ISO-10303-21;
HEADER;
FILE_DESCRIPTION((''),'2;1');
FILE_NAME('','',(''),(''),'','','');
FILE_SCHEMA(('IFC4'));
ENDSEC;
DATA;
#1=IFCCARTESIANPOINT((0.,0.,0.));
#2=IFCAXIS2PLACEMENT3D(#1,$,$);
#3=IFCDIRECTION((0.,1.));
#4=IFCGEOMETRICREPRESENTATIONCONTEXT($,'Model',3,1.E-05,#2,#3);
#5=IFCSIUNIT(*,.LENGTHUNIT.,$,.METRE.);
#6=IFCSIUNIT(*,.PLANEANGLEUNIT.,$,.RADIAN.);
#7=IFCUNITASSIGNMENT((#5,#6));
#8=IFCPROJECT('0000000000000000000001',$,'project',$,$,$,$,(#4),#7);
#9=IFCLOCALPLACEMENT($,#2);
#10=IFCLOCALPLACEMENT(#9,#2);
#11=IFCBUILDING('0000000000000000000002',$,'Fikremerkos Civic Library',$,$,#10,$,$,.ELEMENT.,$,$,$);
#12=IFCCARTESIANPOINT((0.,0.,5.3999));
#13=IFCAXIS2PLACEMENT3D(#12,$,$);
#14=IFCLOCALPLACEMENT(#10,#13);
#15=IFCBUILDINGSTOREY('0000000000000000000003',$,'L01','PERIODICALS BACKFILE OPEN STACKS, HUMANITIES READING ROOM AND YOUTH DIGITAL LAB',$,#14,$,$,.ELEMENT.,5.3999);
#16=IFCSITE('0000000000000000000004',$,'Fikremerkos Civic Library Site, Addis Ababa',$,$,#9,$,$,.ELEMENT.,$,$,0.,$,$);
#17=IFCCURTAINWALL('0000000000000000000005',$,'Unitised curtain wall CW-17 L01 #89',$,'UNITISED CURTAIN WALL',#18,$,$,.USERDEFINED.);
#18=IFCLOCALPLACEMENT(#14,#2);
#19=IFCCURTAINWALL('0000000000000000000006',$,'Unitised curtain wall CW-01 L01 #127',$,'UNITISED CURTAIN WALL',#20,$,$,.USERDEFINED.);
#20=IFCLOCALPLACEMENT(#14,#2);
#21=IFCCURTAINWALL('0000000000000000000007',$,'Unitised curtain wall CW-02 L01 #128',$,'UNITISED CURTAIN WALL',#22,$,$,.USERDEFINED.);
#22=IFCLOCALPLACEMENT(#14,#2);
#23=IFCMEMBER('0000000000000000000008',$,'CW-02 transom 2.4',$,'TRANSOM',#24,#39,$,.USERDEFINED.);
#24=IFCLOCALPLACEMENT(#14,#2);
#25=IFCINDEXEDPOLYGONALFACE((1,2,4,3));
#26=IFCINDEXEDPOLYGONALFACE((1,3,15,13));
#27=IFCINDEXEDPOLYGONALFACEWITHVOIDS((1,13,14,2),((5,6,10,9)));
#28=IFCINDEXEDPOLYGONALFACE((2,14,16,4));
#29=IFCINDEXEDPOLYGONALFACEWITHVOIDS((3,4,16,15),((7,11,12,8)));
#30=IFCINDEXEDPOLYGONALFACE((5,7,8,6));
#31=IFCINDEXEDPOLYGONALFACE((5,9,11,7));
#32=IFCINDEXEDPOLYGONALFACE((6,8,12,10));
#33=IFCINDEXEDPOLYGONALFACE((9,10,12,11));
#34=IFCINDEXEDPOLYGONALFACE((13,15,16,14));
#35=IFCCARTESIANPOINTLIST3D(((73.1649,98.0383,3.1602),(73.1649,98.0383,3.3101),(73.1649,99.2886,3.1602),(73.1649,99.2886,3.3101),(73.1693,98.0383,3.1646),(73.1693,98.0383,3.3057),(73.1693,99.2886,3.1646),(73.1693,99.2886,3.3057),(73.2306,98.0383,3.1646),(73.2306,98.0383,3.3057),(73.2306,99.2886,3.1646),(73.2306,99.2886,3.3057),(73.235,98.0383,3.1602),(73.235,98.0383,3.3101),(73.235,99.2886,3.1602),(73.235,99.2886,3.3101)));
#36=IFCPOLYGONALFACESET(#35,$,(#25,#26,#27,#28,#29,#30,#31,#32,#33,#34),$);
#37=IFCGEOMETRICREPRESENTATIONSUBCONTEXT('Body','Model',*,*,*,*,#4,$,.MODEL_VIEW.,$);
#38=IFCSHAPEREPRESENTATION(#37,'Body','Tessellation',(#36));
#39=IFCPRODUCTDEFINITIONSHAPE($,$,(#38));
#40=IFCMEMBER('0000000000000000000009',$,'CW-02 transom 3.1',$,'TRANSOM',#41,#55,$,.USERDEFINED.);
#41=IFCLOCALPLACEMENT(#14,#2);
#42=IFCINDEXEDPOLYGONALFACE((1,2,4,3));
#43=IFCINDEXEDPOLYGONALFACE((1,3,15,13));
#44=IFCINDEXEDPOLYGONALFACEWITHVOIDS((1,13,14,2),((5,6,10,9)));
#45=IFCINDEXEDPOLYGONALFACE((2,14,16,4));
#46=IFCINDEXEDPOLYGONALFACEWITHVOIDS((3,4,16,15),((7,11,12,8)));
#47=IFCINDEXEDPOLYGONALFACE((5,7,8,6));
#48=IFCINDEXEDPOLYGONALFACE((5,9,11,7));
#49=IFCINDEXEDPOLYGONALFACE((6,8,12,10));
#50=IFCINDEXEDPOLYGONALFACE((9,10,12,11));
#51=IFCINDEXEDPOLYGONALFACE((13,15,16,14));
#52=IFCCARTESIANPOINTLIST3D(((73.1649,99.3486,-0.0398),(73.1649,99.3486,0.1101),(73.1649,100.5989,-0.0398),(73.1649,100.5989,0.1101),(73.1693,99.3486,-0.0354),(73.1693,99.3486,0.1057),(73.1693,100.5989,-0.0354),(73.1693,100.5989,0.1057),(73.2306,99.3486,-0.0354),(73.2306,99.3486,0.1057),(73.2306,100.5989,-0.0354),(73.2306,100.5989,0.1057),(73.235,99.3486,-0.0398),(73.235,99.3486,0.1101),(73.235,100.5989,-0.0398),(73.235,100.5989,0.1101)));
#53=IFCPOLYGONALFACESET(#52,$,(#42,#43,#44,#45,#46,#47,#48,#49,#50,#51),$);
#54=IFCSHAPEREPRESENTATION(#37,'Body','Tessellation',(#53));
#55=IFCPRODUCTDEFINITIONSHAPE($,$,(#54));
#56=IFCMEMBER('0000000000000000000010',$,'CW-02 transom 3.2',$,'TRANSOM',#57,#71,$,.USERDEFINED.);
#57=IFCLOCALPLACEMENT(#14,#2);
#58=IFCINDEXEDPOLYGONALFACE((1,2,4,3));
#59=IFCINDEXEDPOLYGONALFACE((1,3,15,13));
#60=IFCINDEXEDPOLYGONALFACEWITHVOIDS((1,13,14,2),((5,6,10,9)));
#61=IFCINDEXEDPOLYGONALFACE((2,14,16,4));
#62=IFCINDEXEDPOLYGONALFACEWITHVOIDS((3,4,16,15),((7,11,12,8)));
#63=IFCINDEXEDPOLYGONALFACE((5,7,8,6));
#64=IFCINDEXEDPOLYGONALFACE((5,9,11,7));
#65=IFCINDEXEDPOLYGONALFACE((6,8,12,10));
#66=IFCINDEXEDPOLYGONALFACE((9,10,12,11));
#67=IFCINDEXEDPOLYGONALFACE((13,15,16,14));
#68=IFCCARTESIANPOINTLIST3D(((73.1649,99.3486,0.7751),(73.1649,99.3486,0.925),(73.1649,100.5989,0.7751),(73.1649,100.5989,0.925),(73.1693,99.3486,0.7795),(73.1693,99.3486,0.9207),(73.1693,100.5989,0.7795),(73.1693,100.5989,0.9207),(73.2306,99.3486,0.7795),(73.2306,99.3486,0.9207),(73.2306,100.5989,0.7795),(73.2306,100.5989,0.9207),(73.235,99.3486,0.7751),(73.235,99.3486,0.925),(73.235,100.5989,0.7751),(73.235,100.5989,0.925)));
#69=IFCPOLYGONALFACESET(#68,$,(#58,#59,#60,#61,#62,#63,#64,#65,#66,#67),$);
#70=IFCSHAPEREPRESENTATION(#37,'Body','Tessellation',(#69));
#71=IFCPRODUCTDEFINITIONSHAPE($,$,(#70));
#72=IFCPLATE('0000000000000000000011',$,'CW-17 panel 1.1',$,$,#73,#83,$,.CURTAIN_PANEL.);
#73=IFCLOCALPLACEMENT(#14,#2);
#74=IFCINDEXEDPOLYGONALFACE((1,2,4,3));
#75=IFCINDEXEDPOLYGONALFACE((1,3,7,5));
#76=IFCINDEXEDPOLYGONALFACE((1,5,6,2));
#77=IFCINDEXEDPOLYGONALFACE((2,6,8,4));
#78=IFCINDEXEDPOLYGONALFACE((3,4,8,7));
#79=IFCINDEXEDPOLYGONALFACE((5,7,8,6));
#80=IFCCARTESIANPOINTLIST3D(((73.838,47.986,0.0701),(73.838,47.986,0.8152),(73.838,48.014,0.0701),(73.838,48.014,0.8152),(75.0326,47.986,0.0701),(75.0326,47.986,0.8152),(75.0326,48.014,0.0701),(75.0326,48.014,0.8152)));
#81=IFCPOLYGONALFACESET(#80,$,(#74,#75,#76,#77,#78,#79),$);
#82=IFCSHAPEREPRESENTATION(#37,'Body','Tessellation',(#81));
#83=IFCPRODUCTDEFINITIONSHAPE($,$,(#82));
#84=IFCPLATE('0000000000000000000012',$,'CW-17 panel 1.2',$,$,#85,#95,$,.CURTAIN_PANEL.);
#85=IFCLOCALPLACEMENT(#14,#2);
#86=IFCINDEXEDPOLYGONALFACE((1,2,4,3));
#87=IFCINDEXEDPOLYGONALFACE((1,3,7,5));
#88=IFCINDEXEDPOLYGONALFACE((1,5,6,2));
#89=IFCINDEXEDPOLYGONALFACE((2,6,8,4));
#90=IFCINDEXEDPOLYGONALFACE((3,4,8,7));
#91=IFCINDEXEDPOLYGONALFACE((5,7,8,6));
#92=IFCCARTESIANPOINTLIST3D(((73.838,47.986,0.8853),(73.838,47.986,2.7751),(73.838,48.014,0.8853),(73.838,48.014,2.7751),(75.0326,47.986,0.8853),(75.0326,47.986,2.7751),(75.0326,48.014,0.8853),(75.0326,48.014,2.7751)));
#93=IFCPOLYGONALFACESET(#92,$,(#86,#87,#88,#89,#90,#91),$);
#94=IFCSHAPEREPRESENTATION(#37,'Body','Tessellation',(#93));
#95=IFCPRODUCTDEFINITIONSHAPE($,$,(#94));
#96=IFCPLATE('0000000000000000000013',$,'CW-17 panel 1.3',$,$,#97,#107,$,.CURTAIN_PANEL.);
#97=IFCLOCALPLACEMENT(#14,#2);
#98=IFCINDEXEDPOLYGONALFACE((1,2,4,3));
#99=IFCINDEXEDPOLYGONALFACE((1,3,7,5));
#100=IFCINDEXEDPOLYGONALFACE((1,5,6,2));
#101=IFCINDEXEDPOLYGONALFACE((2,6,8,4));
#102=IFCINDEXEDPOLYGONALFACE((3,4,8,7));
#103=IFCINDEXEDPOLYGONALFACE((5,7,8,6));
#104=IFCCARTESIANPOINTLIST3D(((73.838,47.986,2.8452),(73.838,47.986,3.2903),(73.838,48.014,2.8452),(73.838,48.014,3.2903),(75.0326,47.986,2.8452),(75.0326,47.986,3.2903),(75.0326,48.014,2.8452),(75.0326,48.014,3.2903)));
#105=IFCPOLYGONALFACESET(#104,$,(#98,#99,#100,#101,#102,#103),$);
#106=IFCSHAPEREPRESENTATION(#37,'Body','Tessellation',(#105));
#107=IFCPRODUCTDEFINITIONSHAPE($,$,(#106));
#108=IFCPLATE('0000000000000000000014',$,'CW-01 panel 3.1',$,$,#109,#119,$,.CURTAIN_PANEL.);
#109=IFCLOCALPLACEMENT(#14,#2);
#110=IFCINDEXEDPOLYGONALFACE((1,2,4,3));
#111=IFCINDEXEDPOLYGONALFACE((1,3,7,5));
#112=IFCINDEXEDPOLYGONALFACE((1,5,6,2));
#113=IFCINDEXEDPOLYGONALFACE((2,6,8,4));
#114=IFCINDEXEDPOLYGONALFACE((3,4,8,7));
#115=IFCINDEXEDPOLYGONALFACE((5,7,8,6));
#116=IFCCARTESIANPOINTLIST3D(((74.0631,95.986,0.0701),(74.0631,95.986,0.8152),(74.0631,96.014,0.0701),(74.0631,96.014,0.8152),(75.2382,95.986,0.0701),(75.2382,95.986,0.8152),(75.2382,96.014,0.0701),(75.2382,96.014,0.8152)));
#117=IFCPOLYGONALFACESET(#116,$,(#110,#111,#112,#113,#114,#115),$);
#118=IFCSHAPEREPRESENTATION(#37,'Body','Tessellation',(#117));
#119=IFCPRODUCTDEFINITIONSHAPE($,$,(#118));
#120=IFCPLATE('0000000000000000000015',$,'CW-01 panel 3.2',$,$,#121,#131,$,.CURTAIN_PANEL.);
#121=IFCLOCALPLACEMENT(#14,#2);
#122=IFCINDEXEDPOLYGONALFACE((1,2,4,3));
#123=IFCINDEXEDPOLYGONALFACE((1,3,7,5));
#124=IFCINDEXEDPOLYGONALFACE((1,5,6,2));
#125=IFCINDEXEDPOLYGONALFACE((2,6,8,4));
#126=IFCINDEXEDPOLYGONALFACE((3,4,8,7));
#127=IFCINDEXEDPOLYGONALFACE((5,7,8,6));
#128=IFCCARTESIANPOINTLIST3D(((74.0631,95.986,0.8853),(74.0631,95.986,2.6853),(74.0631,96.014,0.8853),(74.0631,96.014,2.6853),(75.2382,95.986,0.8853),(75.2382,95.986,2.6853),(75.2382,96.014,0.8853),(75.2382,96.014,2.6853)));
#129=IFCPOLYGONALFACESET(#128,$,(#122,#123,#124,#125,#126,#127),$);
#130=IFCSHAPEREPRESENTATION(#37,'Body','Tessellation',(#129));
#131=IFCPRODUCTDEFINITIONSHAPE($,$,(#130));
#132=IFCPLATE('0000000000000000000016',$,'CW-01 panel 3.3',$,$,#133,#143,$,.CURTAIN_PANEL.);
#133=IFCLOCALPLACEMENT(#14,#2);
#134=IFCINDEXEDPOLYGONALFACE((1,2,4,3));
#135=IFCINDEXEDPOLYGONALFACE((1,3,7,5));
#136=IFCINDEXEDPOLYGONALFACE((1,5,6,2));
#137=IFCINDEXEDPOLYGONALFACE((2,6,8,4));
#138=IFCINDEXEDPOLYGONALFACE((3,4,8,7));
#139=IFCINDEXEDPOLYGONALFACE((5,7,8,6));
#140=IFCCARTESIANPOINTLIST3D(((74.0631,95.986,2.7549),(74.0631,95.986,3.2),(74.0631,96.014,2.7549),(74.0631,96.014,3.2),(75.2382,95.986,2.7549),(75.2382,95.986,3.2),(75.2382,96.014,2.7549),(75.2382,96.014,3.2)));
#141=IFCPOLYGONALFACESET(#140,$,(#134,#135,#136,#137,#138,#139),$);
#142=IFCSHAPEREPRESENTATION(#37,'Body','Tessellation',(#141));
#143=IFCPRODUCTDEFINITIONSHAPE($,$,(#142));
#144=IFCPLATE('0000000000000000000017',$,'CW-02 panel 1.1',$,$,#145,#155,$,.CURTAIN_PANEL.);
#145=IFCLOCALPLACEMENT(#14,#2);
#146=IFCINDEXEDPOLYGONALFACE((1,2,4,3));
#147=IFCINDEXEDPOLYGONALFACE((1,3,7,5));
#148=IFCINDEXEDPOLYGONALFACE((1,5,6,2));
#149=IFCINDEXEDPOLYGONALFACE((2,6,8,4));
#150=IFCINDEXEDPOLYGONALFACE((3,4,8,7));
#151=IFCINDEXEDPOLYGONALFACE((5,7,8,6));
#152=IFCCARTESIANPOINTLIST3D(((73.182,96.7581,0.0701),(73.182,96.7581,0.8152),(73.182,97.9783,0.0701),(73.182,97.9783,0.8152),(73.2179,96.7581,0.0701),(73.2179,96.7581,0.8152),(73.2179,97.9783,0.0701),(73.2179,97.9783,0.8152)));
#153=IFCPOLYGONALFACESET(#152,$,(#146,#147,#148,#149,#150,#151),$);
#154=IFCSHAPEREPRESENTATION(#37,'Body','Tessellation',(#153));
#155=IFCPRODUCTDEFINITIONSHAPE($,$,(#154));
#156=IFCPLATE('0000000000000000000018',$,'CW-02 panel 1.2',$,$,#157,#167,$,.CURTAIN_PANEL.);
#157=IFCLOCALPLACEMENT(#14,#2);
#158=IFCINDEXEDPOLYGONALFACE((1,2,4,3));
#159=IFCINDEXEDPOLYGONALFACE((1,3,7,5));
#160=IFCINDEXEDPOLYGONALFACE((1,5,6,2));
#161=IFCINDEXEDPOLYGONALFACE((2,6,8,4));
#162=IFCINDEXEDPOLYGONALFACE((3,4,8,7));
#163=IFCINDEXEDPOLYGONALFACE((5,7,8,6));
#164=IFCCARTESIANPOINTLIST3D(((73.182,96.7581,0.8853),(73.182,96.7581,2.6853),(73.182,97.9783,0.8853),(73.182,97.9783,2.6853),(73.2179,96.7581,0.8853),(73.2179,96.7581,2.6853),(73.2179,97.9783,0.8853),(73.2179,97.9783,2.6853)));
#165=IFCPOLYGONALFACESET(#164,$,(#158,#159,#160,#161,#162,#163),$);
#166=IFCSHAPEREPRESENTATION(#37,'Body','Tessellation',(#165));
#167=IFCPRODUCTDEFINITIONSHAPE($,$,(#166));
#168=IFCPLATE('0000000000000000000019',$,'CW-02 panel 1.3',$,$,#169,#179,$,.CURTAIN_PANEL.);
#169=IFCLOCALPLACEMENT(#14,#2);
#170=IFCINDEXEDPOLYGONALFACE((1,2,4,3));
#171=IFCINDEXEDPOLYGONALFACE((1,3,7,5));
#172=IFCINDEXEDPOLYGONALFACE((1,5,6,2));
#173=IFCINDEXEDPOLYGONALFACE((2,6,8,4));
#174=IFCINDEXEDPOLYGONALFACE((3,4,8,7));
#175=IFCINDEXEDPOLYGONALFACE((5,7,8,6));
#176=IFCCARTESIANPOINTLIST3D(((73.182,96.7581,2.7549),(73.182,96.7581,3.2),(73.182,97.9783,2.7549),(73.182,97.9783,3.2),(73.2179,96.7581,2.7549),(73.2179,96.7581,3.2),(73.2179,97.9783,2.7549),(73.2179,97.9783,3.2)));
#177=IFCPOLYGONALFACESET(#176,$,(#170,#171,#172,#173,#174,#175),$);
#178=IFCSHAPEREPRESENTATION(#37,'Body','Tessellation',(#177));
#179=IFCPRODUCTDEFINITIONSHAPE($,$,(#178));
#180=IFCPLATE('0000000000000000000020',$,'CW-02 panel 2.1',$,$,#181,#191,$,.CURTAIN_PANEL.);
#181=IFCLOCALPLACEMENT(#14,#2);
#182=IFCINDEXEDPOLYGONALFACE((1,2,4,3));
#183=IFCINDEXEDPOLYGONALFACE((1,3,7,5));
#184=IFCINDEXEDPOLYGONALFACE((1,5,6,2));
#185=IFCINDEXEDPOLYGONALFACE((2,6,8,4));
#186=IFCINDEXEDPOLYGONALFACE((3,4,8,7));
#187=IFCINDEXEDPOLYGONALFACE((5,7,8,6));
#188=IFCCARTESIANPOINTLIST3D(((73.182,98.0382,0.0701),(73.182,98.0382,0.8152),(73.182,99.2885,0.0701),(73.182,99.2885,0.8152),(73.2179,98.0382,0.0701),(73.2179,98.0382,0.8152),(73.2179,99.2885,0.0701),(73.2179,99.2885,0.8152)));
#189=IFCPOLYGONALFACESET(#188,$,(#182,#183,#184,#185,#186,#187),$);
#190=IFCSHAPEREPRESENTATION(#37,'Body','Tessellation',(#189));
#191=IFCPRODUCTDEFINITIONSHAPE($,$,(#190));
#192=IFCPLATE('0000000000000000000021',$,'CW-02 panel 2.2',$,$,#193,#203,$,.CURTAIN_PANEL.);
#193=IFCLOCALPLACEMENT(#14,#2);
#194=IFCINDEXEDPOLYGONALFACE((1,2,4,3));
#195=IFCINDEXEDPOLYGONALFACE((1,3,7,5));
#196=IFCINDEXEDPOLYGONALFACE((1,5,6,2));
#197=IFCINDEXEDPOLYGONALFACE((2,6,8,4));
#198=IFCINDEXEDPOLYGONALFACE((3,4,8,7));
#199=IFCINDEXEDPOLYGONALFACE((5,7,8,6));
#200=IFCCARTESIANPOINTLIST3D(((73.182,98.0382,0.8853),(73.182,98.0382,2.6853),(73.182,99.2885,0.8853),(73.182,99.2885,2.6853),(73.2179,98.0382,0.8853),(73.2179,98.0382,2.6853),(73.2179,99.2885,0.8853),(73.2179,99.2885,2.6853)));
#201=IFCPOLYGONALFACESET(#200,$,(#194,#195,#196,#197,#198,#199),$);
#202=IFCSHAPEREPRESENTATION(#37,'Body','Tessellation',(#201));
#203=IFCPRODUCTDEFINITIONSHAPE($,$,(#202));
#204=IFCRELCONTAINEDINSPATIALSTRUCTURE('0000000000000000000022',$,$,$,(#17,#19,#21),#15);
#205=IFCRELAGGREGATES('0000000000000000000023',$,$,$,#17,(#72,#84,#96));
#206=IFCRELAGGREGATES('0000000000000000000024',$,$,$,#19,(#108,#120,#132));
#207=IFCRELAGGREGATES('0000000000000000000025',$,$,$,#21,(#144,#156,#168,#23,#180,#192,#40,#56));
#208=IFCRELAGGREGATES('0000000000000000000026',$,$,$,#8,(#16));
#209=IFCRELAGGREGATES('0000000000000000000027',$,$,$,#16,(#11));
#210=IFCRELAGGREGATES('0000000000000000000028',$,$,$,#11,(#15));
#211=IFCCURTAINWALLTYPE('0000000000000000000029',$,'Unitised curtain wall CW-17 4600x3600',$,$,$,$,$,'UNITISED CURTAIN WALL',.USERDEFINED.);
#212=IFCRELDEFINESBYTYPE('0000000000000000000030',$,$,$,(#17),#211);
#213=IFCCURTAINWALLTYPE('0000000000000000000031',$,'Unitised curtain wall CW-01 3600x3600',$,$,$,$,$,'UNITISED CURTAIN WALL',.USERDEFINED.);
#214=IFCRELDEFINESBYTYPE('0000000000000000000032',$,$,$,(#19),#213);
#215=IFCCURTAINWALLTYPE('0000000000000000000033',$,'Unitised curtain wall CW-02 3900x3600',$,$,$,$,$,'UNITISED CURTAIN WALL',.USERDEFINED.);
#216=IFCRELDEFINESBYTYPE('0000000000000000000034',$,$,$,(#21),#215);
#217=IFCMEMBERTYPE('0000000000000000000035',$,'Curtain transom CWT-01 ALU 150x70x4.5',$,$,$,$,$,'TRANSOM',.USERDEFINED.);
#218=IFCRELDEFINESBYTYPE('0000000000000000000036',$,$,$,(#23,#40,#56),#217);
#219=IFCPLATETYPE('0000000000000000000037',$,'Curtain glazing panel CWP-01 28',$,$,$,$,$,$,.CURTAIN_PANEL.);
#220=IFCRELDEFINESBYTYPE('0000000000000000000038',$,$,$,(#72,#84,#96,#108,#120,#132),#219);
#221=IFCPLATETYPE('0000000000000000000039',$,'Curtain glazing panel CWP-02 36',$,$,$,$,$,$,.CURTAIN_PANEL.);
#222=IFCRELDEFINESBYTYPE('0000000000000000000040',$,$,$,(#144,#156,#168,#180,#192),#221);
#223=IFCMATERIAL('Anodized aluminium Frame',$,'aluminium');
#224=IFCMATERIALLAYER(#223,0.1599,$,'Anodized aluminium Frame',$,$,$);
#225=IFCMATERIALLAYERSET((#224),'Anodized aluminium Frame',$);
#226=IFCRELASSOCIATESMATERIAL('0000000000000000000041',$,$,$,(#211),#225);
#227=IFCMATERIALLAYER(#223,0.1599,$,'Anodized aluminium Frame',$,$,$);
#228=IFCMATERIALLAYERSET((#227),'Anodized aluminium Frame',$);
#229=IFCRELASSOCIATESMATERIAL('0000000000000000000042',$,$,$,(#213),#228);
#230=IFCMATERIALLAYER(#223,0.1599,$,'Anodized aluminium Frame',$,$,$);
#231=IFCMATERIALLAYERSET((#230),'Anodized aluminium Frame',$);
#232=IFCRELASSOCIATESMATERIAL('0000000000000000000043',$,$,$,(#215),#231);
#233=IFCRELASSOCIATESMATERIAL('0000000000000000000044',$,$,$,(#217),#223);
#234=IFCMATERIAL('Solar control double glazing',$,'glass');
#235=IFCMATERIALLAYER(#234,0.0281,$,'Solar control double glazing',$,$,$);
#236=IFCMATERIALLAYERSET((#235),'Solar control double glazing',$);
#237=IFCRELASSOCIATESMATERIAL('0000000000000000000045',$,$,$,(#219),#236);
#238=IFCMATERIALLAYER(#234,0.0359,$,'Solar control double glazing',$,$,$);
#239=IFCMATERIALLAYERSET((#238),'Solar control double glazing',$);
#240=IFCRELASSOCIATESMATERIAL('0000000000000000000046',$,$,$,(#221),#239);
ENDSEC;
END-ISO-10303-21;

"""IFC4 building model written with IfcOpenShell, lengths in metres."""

from ifc_helpers import new_model, si_unit, direction, frame, origin, origin_2d, place, context, subcontext, project, spatial, rectangle, hollow_rectangle, extrude, material, layer, layer_set, material_profile, profile_set, type_object, element, aggregate, save


model = new_model("IFC4")

# Units and contexts
model_context = context("Model", 3, precision=1e-05, world=origin(), true_north=direction((0.0, 1.0)))
body_context = subcontext(model_context, "Body", "Model", "MODEL_VIEW")
ifc_project = project(units=[si_unit("LENGTHUNIT", "METRE"), si_unit("PLANEANGLEUNIT", "RADIAN")], contexts=[model_context])

# Site, building, storey
site_placement = place(None, origin())
site = spatial("IfcSite", under=ifc_project, at=site_placement, Name="Fikremerkos Civic Library Site, Addis Ababa", CompositionType="ELEMENT", RefElevation=0.0)
building_placement = place(site_placement, origin())
building = spatial("IfcBuilding", under=site, at=building_placement, Name="Fikremerkos Civic Library", CompositionType="ELEMENT")
storey_placement = place(building_placement, frame((0.0, 0.0, 5.3999)))
storey = spatial("IfcBuildingStorey", under=building, at=storey_placement, Name="L01", Description="PERIODICALS BACKFILE OPEN STACKS, HUMANITIES READING ROOM AND YOUTH DIGITAL LAB", CompositionType="ELEMENT", Elevation=5.3999)

# Curtain wall
ifc_material_1 = material(Name="Anodized aluminium Frame", Category="aluminium")
ifc_layer_1 = layer(ifc_material_1, 0.1599, Name="Anodized aluminium Frame")
ifc_layer_set_1 = layer_set([ifc_layer_1], Name="Anodized aluminium Frame")
curtain_wall_type_1 = type_object("IfcCurtainWallType", Name="Unitised curtain wall CW-17 4600x3600", ElementType="UNITISED CURTAIN WALL", PredefinedType="USERDEFINED", material=ifc_layer_set_1)
curtain_wall_1_placement = place(storey_placement, origin())
curtain_wall_1 = element("IfcCurtainWall", 1, at=curtain_wall_1_placement, inside=storey, type_object=curtain_wall_type_1, Name="Unitised curtain wall CW-17 L01 #89", ObjectType="UNITISED CURTAIN WALL", PredefinedType="USERDEFINED")

# Curtain wall
ifc_layer_2 = layer(ifc_material_1, 0.1599, Name="Anodized aluminium Frame")
ifc_layer_set_2 = layer_set([ifc_layer_2], Name="Anodized aluminium Frame")
curtain_wall_type_2 = type_object("IfcCurtainWallType", Name="Unitised curtain wall CW-01 3600x3600", ElementType="UNITISED CURTAIN WALL", PredefinedType="USERDEFINED", material=ifc_layer_set_2)
curtain_wall_2_placement = place(storey_placement, origin())
curtain_wall_2 = element("IfcCurtainWall", 2, at=curtain_wall_2_placement, inside=storey, type_object=curtain_wall_type_2, Name="Unitised curtain wall CW-01 L01 #127", ObjectType="UNITISED CURTAIN WALL", PredefinedType="USERDEFINED")

# Curtain wall
ifc_layer_3 = layer(ifc_material_1, 0.1599, Name="Anodized aluminium Frame")
ifc_layer_set_3 = layer_set([ifc_layer_3], Name="Anodized aluminium Frame")
curtain_wall_type_3 = type_object("IfcCurtainWallType", Name="Unitised curtain wall CW-02 3900x3600", ElementType="UNITISED CURTAIN WALL", PredefinedType="USERDEFINED", material=ifc_layer_set_3)
curtain_wall_3_placement = place(storey_placement, origin())
curtain_wall_3 = element("IfcCurtainWall", 3, at=curtain_wall_3_placement, inside=storey, type_object=curtain_wall_type_3, Name="Unitised curtain wall CW-02 L01 #128", ObjectType="UNITISED CURTAIN WALL", PredefinedType="USERDEFINED")

# Members
ifc_material_profile_1 = material_profile(ifc_material_1, hollow_rectangle(XDim=0.0701, YDim=0.1499, WallThickness=0.0044, at=origin_2d()), Name="ALU 150x70x4.5")
ifc_profile_set_1 = profile_set([ifc_material_profile_1], Name="Anodized aluminium Frame")
member_type_1 = type_object("IfcMemberType", Name="Curtain transom CWT-01 ALU 150x70x4.5", ElementType="TRANSOM", PredefinedType="USERDEFINED", material=ifc_profile_set_1)
member_1_placement = place(storey_placement, frame((73.2, 98.0383, 3.2351), z_axis=(0.0, 1.0, 0.0), x_axis=(-1.0, 0.0, 0.0)))
member_1 = element("IfcMember", 4, at=member_1_placement, type_object=member_type_1, Name="CW-02 transom 2.4", ObjectType="TRANSOM", PredefinedType="USERDEFINED", context=body_context, shape_type="SweptSolid", body=[
    extrude(hollow_rectangle(XDim=0.0701, YDim=0.1499, WallThickness=0.0044, at=origin_2d()), origin(), (0.0, 0.0, 1.0), 1.2502),
])
member_2_placement = place(storey_placement, frame((73.2, 99.3486, 0.0352), z_axis=(0.0, 1.0, 0.0), x_axis=(-1.0, 0.0, 0.0)))
member_2 = element("IfcMember", 5, at=member_2_placement, type_object=member_type_1, Name="CW-02 transom 3.1", ObjectType="TRANSOM", PredefinedType="USERDEFINED", context=body_context, shape_type="SweptSolid", body=[
    extrude(hollow_rectangle(XDim=0.0701, YDim=0.1499, WallThickness=0.0044, at=origin_2d()), origin(), (0.0, 0.0, 1.0), 1.2502),
])
member_3_placement = place(storey_placement, frame((73.2, 99.3486, 0.8501), z_axis=(0.0, 1.0, 0.0), x_axis=(-1.0, 0.0, 0.0)))
member_3 = element("IfcMember", 6, at=member_3_placement, type_object=member_type_1, Name="CW-02 transom 3.2", ObjectType="TRANSOM", PredefinedType="USERDEFINED", context=body_context, shape_type="SweptSolid", body=[
    extrude(hollow_rectangle(XDim=0.0701, YDim=0.1499, WallThickness=0.0044, at=origin_2d()), origin(), (0.0, 0.0, 1.0), 1.2502),
])

# Plates
ifc_material_2 = material(Name="Solar control double glazing", Category="glass")
ifc_layer_4 = layer(ifc_material_2, 0.0281, Name="Solar control double glazing")
ifc_layer_set_4 = layer_set([ifc_layer_4], Name="Solar control double glazing")
plate_type_1 = type_object("IfcPlateType", Name="Curtain glazing panel CWP-01 28", PredefinedType="CURTAIN_PANEL", material=ifc_layer_set_4)
plate_1_placement = place(storey_placement, frame((74.4353, 48.0, 0.0701), z_axis=(0.0, 0.0, 1.0), x_axis=(1.0, 0.0, 0.0)))
plate_1 = element("IfcPlate", 7, at=plate_1_placement, type_object=plate_type_1, Name="CW-17 panel 1.1", PredefinedType="CURTAIN_PANEL", context=body_context, shape_type="SweptSolid", body=[
    extrude(rectangle(XDim=1.1946, YDim=0.0281, at=origin_2d()), origin(), (0.0, 0.0, 1.0), 0.7451),
])
plate_2_placement = place(storey_placement, frame((74.4353, 48.0, 0.8853), z_axis=(0.0, 0.0, 1.0), x_axis=(1.0, 0.0, 0.0)))
plate_2 = element("IfcPlate", 8, at=plate_2_placement, type_object=plate_type_1, Name="CW-17 panel 1.2", PredefinedType="CURTAIN_PANEL", context=body_context, shape_type="SweptSolid", body=[
    extrude(rectangle(XDim=1.1946, YDim=0.0281, at=origin_2d()), origin(), (0.0, 0.0, 1.0), 1.8899),
])
plate_3_placement = place(storey_placement, frame((74.4353, 48.0, 2.8452), z_axis=(0.0, 0.0, 1.0), x_axis=(1.0, 0.0, 0.0)))
plate_3 = element("IfcPlate", 9, at=plate_3_placement, type_object=plate_type_1, Name="CW-17 panel 1.3", PredefinedType="CURTAIN_PANEL", context=body_context, shape_type="SweptSolid", body=[
    extrude(rectangle(XDim=1.1946, YDim=0.0281, at=origin_2d()), origin(), (0.0, 0.0, 1.0), 0.4451),
])
aggregate(curtain_wall_1, [plate_1, plate_2, plate_3])
plate_4_placement = place(storey_placement, frame((74.6506, 96.0, 0.0701), z_axis=(0.0, 0.0, 1.0), x_axis=(-1.0, 0.0, 0.0)))
plate_4 = element("IfcPlate", 10, at=plate_4_placement, type_object=plate_type_1, Name="CW-01 panel 3.1", PredefinedType="CURTAIN_PANEL", context=body_context, shape_type="SweptSolid", body=[
    extrude(rectangle(XDim=1.175, YDim=0.0281, at=origin_2d()), origin(), (0.0, 0.0, 1.0), 0.7451),
])
plate_5_placement = place(storey_placement, frame((74.6506, 96.0, 0.8853), z_axis=(0.0, 0.0, 1.0), x_axis=(-1.0, 0.0, 0.0)))
plate_5 = element("IfcPlate", 11, at=plate_5_placement, type_object=plate_type_1, Name="CW-01 panel 3.2", PredefinedType="CURTAIN_PANEL", context=body_context, shape_type="SweptSolid", body=[
    extrude(rectangle(XDim=1.175, YDim=0.0281, at=origin_2d()), origin(), (0.0, 0.0, 1.0), 1.8),
])
plate_6_placement = place(storey_placement, frame((74.6506, 96.0, 2.7549), z_axis=(0.0, 0.0, 1.0), x_axis=(-1.0, 0.0, 0.0)))
plate_6 = element("IfcPlate", 12, at=plate_6_placement, type_object=plate_type_1, Name="CW-01 panel 3.3", PredefinedType="CURTAIN_PANEL", context=body_context, shape_type="SweptSolid", body=[
    extrude(rectangle(XDim=1.175, YDim=0.0281, at=origin_2d()), origin(), (0.0, 0.0, 1.0), 0.4451),
])
aggregate(curtain_wall_2, [plate_4, plate_5, plate_6])
ifc_layer_5 = layer(ifc_material_2, 0.0359, Name="Solar control double glazing")
ifc_layer_set_5 = layer_set([ifc_layer_5], Name="Solar control double glazing")
plate_type_2 = type_object("IfcPlateType", Name="Curtain glazing panel CWP-02 36", PredefinedType="CURTAIN_PANEL", material=ifc_layer_set_5)
plate_7_placement = place(storey_placement, frame((73.2, 97.3682, 0.0701), z_axis=(0.0, 0.0, 1.0), x_axis=(0.0, 1.0, 0.0)))
plate_7 = element("IfcPlate", 13, at=plate_7_placement, type_object=plate_type_2, Name="CW-02 panel 1.1", PredefinedType="CURTAIN_PANEL", context=body_context, shape_type="SweptSolid", body=[
    extrude(rectangle(XDim=1.2202, YDim=0.0359, at=origin_2d()), origin(), (0.0, 0.0, 1.0), 0.7451),
])
plate_8_placement = place(storey_placement, frame((73.2, 97.3682, 0.8853), z_axis=(0.0, 0.0, 1.0), x_axis=(0.0, 1.0, 0.0)))
plate_8 = element("IfcPlate", 14, at=plate_8_placement, type_object=plate_type_2, Name="CW-02 panel 1.2", PredefinedType="CURTAIN_PANEL", context=body_context, shape_type="SweptSolid", body=[
    extrude(rectangle(XDim=1.2202, YDim=0.0359, at=origin_2d()), origin(), (0.0, 0.0, 1.0), 1.8),
])
plate_9_placement = place(storey_placement, frame((73.2, 97.3682, 2.7549), z_axis=(0.0, 0.0, 1.0), x_axis=(0.0, 1.0, 0.0)))
plate_9 = element("IfcPlate", 15, at=plate_9_placement, type_object=plate_type_2, Name="CW-02 panel 1.3", PredefinedType="CURTAIN_PANEL", context=body_context, shape_type="SweptSolid", body=[
    extrude(rectangle(XDim=1.2202, YDim=0.0359, at=origin_2d()), origin(), (0.0, 0.0, 1.0), 0.4451),
])
plate_10_placement = place(storey_placement, frame((73.2, 98.6633, 0.0701), z_axis=(0.0, 0.0, 1.0), x_axis=(0.0, 1.0, 0.0)))
plate_10 = element("IfcPlate", 16, at=plate_10_placement, type_object=plate_type_2, Name="CW-02 panel 2.1", PredefinedType="CURTAIN_PANEL", context=body_context, shape_type="SweptSolid", body=[
    extrude(rectangle(XDim=1.2502, YDim=0.0359, at=origin_2d()), origin(), (0.0, 0.0, 1.0), 0.7451),
])
plate_11_placement = place(storey_placement, frame((73.2, 98.6633, 0.8853), z_axis=(0.0, 0.0, 1.0), x_axis=(0.0, 1.0, 0.0)))
plate_11 = element("IfcPlate", 17, at=plate_11_placement, type_object=plate_type_2, Name="CW-02 panel 2.2", PredefinedType="CURTAIN_PANEL", context=body_context, shape_type="SweptSolid", body=[
    extrude(rectangle(XDim=1.2502, YDim=0.0359, at=origin_2d()), origin(), (0.0, 0.0, 1.0), 1.8),
])
aggregate(curtain_wall_3, [plate_7, plate_8, plate_9, member_1, plate_10, plate_11, member_2, member_3])

save(model, "model.ifc")
